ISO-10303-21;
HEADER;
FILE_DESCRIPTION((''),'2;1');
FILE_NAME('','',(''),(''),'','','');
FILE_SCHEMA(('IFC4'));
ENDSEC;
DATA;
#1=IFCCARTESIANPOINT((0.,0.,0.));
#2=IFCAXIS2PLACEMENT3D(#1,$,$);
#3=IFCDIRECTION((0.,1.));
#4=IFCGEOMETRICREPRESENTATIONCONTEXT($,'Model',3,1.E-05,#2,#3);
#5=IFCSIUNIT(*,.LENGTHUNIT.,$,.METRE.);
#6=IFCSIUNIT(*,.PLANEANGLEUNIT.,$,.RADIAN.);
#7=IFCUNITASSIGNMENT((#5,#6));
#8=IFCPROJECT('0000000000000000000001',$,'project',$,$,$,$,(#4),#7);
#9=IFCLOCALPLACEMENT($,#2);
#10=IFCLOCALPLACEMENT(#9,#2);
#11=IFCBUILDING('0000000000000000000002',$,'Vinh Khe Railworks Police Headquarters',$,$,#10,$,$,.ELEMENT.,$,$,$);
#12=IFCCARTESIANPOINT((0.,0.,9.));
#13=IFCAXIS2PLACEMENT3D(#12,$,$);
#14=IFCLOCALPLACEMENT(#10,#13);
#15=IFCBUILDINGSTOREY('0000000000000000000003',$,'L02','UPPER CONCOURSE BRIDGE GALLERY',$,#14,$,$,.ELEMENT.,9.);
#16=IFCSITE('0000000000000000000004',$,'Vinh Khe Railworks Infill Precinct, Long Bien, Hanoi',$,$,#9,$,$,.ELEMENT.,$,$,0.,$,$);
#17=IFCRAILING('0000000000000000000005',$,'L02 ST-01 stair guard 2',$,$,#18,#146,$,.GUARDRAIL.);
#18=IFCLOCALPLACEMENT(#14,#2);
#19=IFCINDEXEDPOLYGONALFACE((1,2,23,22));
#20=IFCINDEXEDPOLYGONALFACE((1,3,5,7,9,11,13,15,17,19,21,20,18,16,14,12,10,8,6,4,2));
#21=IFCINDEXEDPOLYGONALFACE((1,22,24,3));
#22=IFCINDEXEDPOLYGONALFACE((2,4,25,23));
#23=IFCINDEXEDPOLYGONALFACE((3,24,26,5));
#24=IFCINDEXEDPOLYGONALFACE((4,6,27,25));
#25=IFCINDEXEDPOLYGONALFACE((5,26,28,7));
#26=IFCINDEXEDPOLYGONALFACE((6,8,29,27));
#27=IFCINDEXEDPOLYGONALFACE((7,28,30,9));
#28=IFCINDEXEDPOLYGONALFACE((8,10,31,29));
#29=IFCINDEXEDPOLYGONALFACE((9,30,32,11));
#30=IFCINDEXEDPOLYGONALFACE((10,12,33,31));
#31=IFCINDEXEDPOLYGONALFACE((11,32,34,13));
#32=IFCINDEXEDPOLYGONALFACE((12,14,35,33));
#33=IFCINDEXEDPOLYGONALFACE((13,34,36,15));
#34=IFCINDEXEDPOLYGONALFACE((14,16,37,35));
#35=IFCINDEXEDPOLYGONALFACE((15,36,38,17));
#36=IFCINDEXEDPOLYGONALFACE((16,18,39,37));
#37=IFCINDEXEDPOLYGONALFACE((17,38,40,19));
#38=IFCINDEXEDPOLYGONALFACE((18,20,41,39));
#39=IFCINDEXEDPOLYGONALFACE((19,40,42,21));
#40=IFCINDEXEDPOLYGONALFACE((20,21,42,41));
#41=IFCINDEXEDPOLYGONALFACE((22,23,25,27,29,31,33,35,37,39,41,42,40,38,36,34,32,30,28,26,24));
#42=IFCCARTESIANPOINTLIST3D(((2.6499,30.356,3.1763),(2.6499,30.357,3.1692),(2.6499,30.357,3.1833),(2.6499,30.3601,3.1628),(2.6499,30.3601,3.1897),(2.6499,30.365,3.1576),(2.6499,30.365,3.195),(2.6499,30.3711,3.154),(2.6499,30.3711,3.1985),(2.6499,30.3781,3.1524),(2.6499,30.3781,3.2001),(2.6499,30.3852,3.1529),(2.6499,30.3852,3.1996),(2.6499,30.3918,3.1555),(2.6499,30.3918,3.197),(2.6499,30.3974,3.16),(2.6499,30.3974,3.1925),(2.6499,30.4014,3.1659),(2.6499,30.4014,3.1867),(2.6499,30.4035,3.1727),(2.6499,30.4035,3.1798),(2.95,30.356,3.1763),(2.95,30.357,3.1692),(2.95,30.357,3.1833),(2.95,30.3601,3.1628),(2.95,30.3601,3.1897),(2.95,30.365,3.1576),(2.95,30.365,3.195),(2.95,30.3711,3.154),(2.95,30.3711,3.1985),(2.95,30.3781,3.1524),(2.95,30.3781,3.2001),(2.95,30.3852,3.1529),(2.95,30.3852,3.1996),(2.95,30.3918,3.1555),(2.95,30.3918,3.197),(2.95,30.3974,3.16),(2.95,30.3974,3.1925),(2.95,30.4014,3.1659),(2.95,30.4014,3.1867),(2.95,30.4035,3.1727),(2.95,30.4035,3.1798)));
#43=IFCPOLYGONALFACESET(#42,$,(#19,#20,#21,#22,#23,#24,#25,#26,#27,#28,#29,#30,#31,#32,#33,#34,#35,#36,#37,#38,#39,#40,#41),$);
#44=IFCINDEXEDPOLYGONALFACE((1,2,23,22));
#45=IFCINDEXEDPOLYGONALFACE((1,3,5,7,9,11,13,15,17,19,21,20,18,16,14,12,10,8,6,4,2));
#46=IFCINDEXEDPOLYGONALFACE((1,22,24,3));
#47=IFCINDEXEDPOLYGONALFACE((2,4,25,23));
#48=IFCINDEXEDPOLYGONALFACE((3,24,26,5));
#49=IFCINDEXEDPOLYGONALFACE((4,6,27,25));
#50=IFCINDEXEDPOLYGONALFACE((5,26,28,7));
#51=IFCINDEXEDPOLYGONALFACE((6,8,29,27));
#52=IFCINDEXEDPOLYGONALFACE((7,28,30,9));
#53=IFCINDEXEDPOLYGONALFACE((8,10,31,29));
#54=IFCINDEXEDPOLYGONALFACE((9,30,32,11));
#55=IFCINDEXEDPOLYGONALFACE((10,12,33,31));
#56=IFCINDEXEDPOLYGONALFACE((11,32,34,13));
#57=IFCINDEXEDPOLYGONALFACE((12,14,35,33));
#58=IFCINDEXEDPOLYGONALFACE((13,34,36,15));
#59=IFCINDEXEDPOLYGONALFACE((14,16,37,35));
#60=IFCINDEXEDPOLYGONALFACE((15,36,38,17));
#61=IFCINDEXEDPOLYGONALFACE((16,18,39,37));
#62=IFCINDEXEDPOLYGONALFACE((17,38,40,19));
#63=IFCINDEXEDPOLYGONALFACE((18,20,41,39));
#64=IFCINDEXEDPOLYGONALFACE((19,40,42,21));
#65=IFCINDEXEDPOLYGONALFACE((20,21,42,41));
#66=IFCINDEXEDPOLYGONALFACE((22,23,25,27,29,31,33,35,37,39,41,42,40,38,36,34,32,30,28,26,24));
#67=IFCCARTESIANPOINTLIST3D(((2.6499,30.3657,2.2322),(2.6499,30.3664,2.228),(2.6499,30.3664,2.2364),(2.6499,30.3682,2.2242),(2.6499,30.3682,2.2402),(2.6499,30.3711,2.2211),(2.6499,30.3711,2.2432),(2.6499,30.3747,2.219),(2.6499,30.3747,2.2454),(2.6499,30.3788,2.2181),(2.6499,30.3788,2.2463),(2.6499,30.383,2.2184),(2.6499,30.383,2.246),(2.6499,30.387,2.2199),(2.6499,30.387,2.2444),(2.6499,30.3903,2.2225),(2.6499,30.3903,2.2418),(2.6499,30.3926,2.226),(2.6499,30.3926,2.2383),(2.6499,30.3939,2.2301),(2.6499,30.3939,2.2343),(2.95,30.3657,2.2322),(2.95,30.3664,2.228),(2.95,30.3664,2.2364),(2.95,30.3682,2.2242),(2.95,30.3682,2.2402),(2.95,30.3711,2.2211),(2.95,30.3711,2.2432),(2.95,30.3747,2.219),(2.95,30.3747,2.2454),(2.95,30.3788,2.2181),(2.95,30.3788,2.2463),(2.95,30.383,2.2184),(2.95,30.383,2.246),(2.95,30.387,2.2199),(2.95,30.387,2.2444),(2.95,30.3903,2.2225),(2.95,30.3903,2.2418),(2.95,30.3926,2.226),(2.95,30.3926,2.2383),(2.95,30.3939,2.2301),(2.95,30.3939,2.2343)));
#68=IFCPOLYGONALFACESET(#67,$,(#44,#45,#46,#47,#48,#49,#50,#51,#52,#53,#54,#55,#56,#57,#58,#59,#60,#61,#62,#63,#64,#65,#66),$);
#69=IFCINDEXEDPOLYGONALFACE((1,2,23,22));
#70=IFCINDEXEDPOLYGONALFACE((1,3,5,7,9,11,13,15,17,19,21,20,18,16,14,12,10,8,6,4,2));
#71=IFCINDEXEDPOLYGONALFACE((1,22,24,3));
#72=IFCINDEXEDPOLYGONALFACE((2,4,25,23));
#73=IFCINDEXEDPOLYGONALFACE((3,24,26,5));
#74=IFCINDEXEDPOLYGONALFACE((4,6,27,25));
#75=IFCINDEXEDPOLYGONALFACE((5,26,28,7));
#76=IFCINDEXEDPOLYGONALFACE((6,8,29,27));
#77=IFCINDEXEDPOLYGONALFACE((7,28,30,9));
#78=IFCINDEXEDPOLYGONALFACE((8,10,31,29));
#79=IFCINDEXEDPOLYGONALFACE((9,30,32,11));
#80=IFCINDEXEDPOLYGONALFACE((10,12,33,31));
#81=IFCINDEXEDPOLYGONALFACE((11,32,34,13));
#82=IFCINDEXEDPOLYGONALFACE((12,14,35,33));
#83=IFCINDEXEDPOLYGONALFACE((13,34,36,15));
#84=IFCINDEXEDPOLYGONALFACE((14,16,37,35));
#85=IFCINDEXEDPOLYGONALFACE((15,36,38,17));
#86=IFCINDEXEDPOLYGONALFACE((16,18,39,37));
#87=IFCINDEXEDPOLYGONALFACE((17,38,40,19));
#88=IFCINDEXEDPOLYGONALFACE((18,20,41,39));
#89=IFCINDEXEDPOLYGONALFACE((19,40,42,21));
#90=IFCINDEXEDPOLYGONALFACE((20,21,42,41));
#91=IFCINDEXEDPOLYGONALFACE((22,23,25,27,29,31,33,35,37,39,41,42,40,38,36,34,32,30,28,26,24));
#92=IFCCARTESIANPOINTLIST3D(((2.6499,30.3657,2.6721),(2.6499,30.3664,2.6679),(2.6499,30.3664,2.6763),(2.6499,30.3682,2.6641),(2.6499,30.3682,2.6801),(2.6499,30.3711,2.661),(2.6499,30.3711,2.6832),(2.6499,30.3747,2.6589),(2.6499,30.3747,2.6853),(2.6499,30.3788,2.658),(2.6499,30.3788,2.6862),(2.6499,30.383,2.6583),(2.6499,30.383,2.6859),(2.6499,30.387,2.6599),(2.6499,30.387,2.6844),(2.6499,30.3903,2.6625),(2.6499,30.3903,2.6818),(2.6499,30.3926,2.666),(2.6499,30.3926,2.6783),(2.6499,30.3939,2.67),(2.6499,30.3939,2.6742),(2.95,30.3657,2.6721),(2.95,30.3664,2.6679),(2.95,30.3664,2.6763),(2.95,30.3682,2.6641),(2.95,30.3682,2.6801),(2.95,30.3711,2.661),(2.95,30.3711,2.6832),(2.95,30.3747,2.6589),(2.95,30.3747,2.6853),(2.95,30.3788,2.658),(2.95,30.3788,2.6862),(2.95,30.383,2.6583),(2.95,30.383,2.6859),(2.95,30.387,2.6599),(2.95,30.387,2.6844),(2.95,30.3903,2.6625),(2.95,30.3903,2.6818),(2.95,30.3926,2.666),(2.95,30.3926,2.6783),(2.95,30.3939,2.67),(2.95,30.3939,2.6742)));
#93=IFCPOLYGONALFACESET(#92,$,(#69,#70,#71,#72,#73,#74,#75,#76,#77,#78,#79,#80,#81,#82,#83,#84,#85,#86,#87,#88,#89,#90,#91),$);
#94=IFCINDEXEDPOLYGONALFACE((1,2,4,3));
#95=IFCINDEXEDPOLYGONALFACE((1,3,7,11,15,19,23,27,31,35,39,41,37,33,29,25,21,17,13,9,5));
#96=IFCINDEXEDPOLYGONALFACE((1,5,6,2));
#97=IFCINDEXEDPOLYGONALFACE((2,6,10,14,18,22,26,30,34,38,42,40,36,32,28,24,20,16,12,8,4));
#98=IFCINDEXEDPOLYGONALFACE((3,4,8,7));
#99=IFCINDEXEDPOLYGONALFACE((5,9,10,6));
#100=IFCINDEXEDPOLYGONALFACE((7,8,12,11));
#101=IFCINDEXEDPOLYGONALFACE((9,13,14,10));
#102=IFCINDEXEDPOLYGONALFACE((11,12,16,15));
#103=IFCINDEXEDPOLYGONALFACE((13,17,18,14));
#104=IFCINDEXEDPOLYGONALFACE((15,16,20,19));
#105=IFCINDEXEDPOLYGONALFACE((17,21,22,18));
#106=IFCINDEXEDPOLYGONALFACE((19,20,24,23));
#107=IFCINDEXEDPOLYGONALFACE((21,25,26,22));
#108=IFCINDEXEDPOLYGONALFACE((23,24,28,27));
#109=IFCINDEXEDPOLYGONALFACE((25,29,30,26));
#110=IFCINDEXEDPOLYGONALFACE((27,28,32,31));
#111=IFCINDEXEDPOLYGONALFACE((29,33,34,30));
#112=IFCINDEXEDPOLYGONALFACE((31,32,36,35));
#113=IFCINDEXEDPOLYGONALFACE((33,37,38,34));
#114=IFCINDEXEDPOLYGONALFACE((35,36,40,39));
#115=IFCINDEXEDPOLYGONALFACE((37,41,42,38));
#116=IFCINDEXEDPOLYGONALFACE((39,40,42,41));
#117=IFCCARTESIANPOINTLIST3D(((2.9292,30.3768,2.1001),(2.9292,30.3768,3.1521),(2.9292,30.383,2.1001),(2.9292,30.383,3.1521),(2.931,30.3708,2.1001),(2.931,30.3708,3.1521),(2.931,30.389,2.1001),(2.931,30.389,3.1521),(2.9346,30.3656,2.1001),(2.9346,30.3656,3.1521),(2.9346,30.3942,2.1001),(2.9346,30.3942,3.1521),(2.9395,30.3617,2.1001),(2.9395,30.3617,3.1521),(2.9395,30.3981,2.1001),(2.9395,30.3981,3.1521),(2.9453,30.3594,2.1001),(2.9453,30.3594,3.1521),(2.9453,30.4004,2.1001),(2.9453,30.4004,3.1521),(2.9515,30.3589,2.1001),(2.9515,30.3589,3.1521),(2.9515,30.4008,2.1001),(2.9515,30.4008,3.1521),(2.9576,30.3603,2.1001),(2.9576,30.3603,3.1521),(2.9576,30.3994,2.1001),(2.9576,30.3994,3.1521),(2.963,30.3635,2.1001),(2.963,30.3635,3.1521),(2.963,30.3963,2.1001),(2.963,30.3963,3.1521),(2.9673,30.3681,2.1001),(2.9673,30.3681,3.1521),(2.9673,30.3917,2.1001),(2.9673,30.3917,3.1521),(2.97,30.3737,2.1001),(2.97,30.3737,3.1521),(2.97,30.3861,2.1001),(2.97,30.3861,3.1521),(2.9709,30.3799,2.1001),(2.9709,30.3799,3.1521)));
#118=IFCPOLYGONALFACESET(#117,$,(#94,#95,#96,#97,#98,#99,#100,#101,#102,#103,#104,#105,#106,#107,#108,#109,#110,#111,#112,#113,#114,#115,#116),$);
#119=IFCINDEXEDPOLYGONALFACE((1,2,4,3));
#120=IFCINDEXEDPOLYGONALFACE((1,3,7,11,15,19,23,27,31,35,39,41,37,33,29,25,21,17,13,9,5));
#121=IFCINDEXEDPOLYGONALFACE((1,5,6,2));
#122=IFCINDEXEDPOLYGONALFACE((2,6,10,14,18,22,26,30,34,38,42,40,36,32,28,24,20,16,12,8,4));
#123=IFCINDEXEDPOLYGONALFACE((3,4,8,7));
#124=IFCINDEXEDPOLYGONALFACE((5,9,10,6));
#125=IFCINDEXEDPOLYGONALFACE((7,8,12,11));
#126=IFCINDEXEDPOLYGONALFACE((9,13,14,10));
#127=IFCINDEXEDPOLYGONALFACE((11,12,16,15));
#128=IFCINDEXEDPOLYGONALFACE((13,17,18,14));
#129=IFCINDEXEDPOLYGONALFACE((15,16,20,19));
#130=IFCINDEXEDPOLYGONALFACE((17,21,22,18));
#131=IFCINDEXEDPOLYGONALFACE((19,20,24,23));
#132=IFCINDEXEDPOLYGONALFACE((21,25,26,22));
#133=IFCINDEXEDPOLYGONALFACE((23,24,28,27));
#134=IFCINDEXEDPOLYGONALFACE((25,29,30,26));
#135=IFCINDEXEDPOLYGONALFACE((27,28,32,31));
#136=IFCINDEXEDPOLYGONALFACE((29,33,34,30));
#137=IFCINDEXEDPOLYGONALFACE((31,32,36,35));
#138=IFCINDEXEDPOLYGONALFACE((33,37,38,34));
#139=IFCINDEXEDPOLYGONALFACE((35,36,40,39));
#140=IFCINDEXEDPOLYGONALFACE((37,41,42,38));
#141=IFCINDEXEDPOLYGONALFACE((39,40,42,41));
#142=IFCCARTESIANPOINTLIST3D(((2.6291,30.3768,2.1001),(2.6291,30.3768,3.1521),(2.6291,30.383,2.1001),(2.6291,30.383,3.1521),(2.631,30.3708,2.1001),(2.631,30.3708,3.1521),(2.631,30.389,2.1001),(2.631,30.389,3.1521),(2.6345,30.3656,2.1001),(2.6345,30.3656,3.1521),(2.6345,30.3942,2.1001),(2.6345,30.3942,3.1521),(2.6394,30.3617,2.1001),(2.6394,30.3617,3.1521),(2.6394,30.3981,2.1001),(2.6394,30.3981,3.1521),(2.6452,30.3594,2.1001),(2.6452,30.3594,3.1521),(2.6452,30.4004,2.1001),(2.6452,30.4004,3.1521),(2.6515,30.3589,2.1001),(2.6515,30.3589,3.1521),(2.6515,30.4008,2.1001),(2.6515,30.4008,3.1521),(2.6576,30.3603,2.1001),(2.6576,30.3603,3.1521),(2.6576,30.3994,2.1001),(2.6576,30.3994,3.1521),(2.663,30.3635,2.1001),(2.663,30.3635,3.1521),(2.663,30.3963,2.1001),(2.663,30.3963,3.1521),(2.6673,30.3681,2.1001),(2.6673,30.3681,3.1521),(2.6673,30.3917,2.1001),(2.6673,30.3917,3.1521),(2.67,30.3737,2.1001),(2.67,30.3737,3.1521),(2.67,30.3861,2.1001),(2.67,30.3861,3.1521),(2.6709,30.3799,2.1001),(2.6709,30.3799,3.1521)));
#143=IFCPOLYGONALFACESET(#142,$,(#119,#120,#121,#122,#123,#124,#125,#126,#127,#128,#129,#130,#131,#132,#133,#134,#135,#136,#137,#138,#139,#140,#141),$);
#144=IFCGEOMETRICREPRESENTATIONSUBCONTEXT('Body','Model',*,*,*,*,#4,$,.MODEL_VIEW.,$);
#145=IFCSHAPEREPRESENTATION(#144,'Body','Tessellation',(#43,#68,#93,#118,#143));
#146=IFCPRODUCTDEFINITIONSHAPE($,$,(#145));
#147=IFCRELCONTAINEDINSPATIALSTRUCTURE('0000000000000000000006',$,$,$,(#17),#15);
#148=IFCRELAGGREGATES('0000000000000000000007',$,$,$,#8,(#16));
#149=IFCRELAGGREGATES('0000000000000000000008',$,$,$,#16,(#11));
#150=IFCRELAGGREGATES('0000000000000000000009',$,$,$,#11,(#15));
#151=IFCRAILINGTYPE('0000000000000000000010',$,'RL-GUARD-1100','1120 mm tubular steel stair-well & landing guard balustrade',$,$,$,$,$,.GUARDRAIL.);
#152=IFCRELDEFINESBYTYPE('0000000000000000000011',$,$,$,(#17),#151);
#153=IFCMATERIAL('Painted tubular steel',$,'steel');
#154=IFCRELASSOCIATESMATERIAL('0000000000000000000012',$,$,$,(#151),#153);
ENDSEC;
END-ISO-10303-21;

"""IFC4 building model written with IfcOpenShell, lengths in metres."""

from ifc_helpers import new_model, si_unit, direction, frame, origin, origin_2d, place, context, subcontext, project, spatial, circle, extrude, material, type_object, element, save


model = new_model("IFC4")

# Units and contexts
model_context = context("Model", 3, precision=1e-05, world=origin(), true_north=direction((0.0, 1.0)))
body_context = subcontext(model_context, "Body", "Model", "MODEL_VIEW")
ifc_project = project(units=[si_unit("LENGTHUNIT", "METRE"), si_unit("PLANEANGLEUNIT", "RADIAN")], contexts=[model_context])

# Site, building, storey
site_placement = place(None, origin())
site = spatial("IfcSite", under=ifc_project, at=site_placement, Name="Vinh Khe Railworks Infill Precinct, Long Bien, Hanoi", CompositionType="ELEMENT", RefElevation=0.0)
building_placement = place(site_placement, origin())
building = spatial("IfcBuilding", under=site, at=building_placement, Name="Vinh Khe Railworks Police Headquarters", CompositionType="ELEMENT")
storey_placement = place(building_placement, frame((0.0, 0.0, 9.0)))
storey = spatial("IfcBuildingStorey", under=building, at=storey_placement, Name="L02", Description="UPPER CONCOURSE BRIDGE GALLERY", CompositionType="ELEMENT", Elevation=9.0)

# Railing
ifc_material_1 = material(Name="Painted tubular steel", Category="steel")
railing_type_1 = type_object("IfcRailingType", Name="RL-GUARD-1100", Description="1120 mm tubular steel stair-well & landing guard balustrade", PredefinedType="GUARDRAIL", material=ifc_material_1)
railing_1_placement = place(storey_placement, frame((2.95, 30.3799, 2.1001)))
element("IfcRailing", 1, at=railing_1_placement, inside=storey, type_object=railing_type_1, Name="L02 ST-01 stair guard 2", PredefinedType="GUARDRAIL", context=body_context, shape_type="SweptSolid", body=[
    extrude(circle(Radius=0.0239, at=origin_2d()), frame((0.0, 0.0, 1.0762), z_axis=(-1.0, 0.0, 0.0), x_axis=(0.0, -1.0, 0.0)), (0.0, 0.0, 1.0), 0.3),
    extrude(circle(Radius=0.0142, at=origin_2d()), frame((0.0, 0.0, 0.1321), z_axis=(-1.0, 0.0, 0.0), x_axis=(0.0, -1.0, 0.0)), (0.0, 0.0, 1.0), 0.3),
    extrude(circle(Radius=0.0142, at=origin_2d()), frame((0.0, 0.0, 0.572), z_axis=(-1.0, 0.0, 0.0), x_axis=(0.0, -1.0, 0.0)), (0.0, 0.0, 1.0), 0.3),
    extrude(circle(Radius=0.021, at=origin_2d()), origin(), (0.0, 0.0, 1.0), 1.052),
    extrude(circle(Radius=0.021, at=origin_2d()), frame((-0.3, 0.0, 0.0)), (0.0, 0.0, 1.0), 1.052),
])

save(model, "model.ifc")
